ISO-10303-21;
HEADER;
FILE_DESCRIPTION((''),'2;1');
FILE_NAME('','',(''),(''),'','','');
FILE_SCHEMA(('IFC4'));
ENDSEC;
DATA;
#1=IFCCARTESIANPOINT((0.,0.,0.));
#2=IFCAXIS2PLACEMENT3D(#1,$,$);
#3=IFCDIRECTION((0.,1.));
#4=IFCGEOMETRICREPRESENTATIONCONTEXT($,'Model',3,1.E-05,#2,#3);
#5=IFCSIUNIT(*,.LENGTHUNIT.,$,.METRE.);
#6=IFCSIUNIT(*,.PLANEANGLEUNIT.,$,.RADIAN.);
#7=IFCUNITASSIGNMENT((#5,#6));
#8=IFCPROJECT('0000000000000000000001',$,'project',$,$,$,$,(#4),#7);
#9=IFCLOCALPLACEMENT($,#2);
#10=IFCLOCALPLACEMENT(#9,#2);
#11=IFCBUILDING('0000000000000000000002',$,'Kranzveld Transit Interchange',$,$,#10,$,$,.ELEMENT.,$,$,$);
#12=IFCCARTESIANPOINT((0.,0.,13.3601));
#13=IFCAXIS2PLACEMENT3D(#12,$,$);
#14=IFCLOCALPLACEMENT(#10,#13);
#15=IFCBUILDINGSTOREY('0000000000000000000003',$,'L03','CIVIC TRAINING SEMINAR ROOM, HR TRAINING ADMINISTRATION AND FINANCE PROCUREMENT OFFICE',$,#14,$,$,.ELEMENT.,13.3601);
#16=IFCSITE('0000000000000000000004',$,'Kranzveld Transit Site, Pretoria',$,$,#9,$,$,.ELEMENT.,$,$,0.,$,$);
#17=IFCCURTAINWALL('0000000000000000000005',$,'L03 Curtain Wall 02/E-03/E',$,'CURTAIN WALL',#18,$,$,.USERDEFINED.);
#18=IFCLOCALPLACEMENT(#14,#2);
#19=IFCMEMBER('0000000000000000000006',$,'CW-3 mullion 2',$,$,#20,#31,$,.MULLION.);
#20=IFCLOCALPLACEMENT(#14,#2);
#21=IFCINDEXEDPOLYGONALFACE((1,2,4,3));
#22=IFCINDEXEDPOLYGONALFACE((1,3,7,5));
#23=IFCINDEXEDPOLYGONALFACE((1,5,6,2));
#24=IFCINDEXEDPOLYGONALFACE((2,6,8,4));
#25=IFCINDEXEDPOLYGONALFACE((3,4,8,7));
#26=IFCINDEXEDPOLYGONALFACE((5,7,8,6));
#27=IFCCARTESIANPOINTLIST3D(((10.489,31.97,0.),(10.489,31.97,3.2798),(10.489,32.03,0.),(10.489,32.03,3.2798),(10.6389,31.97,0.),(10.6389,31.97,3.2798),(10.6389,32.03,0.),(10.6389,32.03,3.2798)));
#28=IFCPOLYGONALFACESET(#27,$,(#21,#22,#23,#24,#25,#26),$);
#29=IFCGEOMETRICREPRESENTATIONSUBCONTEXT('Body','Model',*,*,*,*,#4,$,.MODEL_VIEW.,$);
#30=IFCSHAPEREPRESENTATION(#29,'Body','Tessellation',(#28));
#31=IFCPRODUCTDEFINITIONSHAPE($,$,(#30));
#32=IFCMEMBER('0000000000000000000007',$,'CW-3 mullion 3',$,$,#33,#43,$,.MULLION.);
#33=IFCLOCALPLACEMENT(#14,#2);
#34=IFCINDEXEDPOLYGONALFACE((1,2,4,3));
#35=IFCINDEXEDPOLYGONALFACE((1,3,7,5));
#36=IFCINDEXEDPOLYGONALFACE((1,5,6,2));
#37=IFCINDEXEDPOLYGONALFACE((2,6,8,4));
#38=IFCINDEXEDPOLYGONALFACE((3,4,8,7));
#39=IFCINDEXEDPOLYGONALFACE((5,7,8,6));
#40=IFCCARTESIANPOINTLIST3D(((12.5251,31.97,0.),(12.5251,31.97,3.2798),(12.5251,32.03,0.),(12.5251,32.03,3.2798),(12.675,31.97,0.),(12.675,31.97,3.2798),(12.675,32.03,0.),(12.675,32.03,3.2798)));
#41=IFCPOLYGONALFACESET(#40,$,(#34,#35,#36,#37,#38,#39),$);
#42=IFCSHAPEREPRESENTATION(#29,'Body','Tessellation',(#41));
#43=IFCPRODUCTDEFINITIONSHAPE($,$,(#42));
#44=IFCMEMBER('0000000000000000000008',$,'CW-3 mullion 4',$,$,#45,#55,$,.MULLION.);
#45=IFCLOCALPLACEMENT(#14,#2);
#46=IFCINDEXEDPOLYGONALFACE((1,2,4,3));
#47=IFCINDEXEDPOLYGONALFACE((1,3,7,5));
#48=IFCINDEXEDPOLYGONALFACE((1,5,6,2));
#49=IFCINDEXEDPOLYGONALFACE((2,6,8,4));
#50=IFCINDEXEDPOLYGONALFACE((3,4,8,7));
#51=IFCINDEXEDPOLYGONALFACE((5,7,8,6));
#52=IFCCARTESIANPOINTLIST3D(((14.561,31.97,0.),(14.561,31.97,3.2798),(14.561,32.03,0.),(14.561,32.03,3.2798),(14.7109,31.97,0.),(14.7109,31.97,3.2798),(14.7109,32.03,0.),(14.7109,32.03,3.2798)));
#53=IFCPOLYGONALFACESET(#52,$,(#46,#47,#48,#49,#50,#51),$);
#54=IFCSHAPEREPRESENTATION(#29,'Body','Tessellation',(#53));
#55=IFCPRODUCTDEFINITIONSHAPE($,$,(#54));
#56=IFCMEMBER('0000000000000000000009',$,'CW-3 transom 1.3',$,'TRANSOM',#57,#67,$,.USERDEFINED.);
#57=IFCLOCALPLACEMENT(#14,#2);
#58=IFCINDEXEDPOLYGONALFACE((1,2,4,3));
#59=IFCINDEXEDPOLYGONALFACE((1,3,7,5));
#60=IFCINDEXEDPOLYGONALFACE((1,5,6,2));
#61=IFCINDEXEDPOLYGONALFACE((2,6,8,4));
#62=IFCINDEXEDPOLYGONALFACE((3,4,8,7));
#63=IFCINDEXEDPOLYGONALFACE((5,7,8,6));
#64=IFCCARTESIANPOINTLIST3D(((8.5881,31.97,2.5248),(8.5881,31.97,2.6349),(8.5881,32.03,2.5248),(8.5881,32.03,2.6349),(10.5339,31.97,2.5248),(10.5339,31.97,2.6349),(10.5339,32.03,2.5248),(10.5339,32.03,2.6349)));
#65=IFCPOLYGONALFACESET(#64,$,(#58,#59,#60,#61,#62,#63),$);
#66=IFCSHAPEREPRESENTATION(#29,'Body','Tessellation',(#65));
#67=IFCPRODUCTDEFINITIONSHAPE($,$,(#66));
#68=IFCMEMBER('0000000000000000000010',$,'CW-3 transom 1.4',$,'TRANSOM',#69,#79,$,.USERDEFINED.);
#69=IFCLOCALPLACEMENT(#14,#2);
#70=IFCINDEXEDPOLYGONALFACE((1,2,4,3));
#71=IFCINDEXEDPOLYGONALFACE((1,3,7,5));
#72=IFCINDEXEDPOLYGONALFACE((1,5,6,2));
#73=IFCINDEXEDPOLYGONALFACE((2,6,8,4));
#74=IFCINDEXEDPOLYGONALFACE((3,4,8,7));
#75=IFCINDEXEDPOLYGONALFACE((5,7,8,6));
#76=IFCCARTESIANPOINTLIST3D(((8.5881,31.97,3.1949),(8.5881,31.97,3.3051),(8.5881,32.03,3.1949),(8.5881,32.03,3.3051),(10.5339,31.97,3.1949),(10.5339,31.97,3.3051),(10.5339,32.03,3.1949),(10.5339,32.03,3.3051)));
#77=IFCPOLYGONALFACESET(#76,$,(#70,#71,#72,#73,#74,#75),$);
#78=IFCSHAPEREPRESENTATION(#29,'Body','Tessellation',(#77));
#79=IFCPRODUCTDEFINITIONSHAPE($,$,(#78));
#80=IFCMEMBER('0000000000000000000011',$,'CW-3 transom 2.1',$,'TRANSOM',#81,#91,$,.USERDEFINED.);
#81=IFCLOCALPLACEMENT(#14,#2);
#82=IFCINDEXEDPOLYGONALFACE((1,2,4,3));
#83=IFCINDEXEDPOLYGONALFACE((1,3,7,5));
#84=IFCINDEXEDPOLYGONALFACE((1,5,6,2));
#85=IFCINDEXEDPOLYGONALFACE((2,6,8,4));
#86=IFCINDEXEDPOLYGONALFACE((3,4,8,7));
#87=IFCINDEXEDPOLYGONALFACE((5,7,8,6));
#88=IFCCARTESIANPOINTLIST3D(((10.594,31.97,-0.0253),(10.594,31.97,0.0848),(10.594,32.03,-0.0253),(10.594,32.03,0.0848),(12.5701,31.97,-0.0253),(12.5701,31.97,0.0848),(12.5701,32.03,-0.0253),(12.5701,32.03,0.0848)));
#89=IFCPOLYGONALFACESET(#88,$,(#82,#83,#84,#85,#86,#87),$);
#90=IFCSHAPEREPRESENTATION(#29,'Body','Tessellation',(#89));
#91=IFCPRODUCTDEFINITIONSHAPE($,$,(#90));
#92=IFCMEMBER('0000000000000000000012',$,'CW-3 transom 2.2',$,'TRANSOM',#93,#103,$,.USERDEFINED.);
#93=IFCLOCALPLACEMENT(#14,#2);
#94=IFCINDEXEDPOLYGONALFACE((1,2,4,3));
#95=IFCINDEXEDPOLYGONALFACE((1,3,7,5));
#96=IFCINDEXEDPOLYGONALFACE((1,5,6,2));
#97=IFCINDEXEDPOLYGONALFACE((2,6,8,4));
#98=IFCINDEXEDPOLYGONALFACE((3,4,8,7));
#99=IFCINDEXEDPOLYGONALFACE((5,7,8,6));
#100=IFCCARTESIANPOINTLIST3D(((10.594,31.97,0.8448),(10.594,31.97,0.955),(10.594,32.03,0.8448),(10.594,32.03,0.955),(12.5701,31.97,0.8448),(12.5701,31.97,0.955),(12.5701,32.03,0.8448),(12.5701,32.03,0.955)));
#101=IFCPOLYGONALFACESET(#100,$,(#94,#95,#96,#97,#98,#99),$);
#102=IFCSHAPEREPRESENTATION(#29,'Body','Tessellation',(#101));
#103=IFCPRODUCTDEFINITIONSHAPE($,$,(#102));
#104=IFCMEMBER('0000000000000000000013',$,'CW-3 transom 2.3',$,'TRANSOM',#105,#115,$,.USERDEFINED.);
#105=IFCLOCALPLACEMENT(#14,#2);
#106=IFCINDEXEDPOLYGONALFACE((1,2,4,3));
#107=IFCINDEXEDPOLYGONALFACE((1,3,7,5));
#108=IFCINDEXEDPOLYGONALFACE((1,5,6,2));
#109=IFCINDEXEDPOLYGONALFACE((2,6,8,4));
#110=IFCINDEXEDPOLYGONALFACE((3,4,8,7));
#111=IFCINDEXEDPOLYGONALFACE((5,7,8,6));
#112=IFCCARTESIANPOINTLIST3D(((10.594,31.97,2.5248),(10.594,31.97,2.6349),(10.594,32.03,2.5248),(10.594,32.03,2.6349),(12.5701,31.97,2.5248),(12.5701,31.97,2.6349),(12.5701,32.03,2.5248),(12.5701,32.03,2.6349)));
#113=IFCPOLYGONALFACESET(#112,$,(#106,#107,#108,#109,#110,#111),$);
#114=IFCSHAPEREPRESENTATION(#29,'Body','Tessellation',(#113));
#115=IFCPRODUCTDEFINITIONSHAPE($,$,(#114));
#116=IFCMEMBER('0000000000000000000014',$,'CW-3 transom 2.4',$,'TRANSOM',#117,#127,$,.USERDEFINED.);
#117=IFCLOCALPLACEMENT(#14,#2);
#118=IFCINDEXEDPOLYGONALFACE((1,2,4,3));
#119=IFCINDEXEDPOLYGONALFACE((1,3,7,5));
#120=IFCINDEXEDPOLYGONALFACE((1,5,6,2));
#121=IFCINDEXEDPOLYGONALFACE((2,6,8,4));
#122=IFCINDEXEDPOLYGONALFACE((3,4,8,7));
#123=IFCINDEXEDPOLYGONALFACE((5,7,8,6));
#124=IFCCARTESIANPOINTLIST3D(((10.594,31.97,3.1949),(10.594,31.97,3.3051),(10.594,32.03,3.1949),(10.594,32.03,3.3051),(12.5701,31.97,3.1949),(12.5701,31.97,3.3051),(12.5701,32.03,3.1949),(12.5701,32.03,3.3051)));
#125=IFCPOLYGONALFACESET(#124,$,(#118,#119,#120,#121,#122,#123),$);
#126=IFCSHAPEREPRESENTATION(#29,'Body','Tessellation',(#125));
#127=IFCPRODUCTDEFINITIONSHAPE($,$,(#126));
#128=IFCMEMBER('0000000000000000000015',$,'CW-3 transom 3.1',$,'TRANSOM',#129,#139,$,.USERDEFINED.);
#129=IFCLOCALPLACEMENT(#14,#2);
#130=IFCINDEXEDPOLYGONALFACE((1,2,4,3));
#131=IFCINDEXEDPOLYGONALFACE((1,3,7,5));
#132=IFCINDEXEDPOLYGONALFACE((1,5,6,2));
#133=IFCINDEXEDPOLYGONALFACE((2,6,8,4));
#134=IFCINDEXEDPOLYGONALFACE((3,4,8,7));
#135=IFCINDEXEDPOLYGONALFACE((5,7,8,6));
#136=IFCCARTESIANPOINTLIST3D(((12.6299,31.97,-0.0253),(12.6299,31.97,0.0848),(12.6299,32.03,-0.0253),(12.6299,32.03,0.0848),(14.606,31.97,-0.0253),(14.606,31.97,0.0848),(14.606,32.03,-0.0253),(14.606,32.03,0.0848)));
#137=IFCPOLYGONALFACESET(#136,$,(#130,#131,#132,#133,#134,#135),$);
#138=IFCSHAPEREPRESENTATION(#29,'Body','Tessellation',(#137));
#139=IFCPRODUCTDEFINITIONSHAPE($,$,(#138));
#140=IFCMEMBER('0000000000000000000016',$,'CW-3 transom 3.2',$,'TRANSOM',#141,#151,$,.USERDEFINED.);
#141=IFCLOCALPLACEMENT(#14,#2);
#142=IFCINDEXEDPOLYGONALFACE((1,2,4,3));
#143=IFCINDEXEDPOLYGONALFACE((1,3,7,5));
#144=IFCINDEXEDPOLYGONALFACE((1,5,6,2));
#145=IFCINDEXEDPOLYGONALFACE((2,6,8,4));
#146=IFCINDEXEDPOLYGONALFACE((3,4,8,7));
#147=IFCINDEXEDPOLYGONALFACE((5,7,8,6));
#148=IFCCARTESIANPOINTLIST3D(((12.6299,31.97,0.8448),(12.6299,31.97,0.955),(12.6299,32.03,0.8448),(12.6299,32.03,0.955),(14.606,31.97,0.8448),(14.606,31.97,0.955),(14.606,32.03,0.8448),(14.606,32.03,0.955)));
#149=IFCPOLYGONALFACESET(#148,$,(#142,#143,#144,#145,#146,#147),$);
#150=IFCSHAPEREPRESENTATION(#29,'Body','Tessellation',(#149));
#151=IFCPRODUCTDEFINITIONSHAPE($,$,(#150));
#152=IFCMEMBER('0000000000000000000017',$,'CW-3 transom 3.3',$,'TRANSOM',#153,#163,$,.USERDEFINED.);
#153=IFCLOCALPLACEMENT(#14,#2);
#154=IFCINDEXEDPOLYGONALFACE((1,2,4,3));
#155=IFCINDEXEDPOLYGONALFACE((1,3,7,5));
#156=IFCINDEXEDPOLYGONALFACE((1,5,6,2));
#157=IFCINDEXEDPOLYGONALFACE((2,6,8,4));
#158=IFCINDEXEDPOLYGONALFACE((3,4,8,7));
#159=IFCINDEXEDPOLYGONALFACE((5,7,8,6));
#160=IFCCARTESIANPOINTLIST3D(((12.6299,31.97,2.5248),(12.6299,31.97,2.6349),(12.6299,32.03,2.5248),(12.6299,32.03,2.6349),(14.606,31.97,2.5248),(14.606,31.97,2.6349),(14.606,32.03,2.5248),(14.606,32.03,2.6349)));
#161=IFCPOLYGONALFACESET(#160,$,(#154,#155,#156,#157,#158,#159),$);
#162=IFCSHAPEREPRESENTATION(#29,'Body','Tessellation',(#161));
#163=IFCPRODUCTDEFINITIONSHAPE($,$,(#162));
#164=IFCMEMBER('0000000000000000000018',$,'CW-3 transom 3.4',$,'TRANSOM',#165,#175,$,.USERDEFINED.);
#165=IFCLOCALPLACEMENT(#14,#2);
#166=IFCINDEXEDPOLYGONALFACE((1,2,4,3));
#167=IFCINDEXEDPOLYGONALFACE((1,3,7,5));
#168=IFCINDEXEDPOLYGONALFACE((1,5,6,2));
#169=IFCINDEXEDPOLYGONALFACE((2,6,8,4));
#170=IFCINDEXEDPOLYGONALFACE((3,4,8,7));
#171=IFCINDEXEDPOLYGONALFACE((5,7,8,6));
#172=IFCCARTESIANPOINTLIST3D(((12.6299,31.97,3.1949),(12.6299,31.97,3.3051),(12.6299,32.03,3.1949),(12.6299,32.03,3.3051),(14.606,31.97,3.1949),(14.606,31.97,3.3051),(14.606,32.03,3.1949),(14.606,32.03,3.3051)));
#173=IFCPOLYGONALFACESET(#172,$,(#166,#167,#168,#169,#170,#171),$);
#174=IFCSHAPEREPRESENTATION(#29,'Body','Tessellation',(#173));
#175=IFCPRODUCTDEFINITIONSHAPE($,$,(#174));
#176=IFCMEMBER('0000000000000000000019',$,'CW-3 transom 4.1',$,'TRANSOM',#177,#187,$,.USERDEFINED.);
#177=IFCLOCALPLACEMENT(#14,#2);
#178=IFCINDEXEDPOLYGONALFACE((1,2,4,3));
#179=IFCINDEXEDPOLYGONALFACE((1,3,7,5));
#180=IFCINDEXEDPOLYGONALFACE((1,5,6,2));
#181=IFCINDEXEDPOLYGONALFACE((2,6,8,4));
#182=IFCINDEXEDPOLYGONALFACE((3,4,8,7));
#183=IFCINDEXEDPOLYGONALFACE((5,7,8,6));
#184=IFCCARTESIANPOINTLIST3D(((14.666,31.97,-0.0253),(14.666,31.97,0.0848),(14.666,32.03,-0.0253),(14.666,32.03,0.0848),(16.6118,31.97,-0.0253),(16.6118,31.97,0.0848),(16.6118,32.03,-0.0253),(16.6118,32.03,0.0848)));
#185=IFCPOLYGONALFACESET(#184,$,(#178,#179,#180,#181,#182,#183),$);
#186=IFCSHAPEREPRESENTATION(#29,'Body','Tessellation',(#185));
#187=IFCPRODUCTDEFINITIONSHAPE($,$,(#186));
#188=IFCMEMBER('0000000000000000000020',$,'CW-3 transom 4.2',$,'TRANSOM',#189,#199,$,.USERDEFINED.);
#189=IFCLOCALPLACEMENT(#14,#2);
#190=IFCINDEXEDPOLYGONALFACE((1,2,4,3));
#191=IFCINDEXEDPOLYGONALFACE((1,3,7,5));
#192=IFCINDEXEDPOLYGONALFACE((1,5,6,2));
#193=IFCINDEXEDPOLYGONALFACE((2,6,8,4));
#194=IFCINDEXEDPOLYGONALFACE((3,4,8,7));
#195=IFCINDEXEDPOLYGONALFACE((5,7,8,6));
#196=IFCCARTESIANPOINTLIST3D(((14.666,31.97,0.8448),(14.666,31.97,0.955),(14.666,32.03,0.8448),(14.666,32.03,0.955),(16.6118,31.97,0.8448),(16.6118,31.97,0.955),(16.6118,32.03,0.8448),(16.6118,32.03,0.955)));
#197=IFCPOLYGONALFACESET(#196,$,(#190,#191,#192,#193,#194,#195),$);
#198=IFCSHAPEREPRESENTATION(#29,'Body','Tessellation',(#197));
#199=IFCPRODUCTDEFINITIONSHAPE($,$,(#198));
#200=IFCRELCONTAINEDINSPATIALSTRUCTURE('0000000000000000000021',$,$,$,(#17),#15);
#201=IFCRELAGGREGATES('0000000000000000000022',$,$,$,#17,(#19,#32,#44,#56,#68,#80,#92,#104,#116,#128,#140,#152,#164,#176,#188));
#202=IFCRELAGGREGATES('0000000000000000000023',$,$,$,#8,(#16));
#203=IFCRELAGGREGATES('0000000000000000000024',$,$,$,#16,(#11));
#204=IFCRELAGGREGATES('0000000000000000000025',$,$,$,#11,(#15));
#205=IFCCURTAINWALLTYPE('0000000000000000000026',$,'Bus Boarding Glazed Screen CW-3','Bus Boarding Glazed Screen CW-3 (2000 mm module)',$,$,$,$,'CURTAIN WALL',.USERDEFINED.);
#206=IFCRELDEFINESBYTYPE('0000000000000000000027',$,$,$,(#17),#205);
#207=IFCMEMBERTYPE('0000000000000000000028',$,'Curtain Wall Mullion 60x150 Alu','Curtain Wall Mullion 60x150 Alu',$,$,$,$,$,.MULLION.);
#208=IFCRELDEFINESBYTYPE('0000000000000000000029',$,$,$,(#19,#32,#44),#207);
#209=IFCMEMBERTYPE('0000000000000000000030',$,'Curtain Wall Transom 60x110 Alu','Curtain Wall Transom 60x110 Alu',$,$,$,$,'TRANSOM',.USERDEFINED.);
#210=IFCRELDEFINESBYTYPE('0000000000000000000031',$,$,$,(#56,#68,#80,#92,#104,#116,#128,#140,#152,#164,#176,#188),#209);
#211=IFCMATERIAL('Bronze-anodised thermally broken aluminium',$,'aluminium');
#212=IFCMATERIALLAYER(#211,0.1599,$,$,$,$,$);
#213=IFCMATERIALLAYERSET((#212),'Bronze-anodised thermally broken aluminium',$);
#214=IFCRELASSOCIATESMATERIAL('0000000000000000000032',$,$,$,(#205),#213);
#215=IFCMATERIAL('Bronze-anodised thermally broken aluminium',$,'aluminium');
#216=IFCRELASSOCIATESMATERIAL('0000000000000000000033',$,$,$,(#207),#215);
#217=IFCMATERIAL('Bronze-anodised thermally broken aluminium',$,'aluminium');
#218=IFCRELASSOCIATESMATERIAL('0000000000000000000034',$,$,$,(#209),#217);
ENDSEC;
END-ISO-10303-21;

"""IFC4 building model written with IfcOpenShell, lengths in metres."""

from ifc_helpers import new_model, si_unit, direction, frame, origin, origin_2d, place, context, subcontext, project, spatial, rectangle, extrude, material, layer, layer_set, material_profile, profile_set, type_object, element, aggregate, save


model = new_model("IFC4")

# Units and contexts
model_context = context("Model", 3, precision=1e-05, world=origin(), true_north=direction((0.0, 1.0)))
body_context = subcontext(model_context, "Body", "Model", "MODEL_VIEW")
ifc_project = project(units=[si_unit("LENGTHUNIT", "METRE"), si_unit("PLANEANGLEUNIT", "RADIAN")], contexts=[model_context])

# Site, building, storey
site_placement = place(None, origin())
site = spatial("IfcSite", under=ifc_project, at=site_placement, Name="Kranzveld Transit Site, Pretoria", CompositionType="ELEMENT", RefElevation=0.0)
building_placement = place(site_placement, origin())
building = spatial("IfcBuilding", under=site, at=building_placement, Name="Kranzveld Transit Interchange", CompositionType="ELEMENT")
storey_placement = place(building_placement, frame((0.0, 0.0, 13.3601)))
storey = spatial("IfcBuildingStorey", under=building, at=storey_placement, Name="L03", Description="CIVIC TRAINING SEMINAR ROOM, HR TRAINING ADMINISTRATION AND FINANCE PROCUREMENT OFFICE", CompositionType="ELEMENT", Elevation=13.3601)

# Curtain wall, members
ifc_material_1 = material(Name="Bronze-anodised thermally broken aluminium", Category="aluminium")
ifc_layer_1 = layer(ifc_material_1, 0.1599)
ifc_layer_set_1 = layer_set([ifc_layer_1], Name="Bronze-anodised thermally broken aluminium")
curtain_wall_type = type_object("IfcCurtainWallType", Name="Bus Boarding Glazed Screen CW-3", Description="Bus Boarding Glazed Screen CW-3 (2000 mm module)", ElementType="CURTAIN WALL", PredefinedType="USERDEFINED", material=ifc_layer_set_1)
curtain_wall_placement = place(storey_placement, origin())
curtain_wall = element("IfcCurtainWall", 1, at=curtain_wall_placement, inside=storey, type_object=curtain_wall_type, Name="L03 Curtain Wall 02/E-03/E", ObjectType="CURTAIN WALL", PredefinedType="USERDEFINED")
ifc_material_2 = material(Name="Bronze-anodised thermally broken aluminium", Category="aluminium")
ifc_material_profile_1 = material_profile(ifc_material_2, rectangle(XDim=0.0601, YDim=0.1499, at=origin_2d()), Name="ALU MULLION 60x150")
ifc_profile_set_1 = profile_set([ifc_material_profile_1], Name="Bronze-anodised thermally broken aluminium")
member_type_1 = type_object("IfcMemberType", Name="Curtain Wall Mullion 60x150 Alu", Description="Curtain Wall Mullion 60x150 Alu", PredefinedType="MULLION", material=ifc_profile_set_1)
member_1_placement = place(storey_placement, frame((10.564, 32.0, 0.0), z_axis=(0.0, 0.0, 1.0), x_axis=(0.0, 1.0, 0.0)))
member_1 = element("IfcMember", 2, at=member_1_placement, type_object=member_type_1, Name="CW-3 mullion 2", PredefinedType="MULLION", context=body_context, shape_type="SweptSolid", body=[
    extrude(rectangle(XDim=0.0601, YDim=0.1499, at=origin_2d()), origin(), (0.0, 0.0, 1.0), 3.2798),
])
member_2_placement = place(storey_placement, frame((12.6001, 32.0, 0.0), z_axis=(0.0, 0.0, 1.0), x_axis=(0.0, 1.0, 0.0)))
member_2 = element("IfcMember", 3, at=member_2_placement, type_object=member_type_1, Name="CW-3 mullion 3", PredefinedType="MULLION", context=body_context, shape_type="SweptSolid", body=[
    extrude(rectangle(XDim=0.0601, YDim=0.1499, at=origin_2d()), origin(), (0.0, 0.0, 1.0), 3.2798),
])
member_3_placement = place(storey_placement, frame((14.636, 32.0, 0.0), z_axis=(0.0, 0.0, 1.0), x_axis=(0.0, 1.0, 0.0)))
member_3 = element("IfcMember", 4, at=member_3_placement, type_object=member_type_1, Name="CW-3 mullion 4", PredefinedType="MULLION", context=body_context, shape_type="SweptSolid", body=[
    extrude(rectangle(XDim=0.0601, YDim=0.1499, at=origin_2d()), origin(), (0.0, 0.0, 1.0), 3.2798),
])
ifc_material_3 = material(Name="Bronze-anodised thermally broken aluminium", Category="aluminium")
ifc_material_profile_2 = material_profile(ifc_material_3, rectangle(XDim=0.0601, YDim=0.1101, at=origin_2d()), Name="ALU TRANSOM 60x110")
ifc_profile_set_2 = profile_set([ifc_material_profile_2], Name="Bronze-anodised thermally broken aluminium")
member_type_2 = type_object("IfcMemberType", Name="Curtain Wall Transom 60x110 Alu", Description="Curtain Wall Transom 60x110 Alu", ElementType="TRANSOM", PredefinedType="USERDEFINED", material=ifc_profile_set_2)
member_4_placement = place(storey_placement, frame((8.5881, 32.0, 2.5798), z_axis=(1.0, 0.0, 0.0), x_axis=(0.0, 1.0, 0.0)))
member_4 = element("IfcMember", 5, at=member_4_placement, type_object=member_type_2, Name="CW-3 transom 1.3", ObjectType="TRANSOM", PredefinedType="USERDEFINED", context=body_context, shape_type="SweptSolid", body=[
    extrude(rectangle(XDim=0.0601, YDim=0.1101, at=origin_2d()), origin(), (0.0, 0.0, 1.0), 1.9458),
])
member_5_placement = place(storey_placement, frame((8.5881, 32.0, 3.25), z_axis=(1.0, 0.0, 0.0), x_axis=(0.0, 1.0, 0.0)))
member_5 = element("IfcMember", 6, at=member_5_placement, type_object=member_type_2, Name="CW-3 transom 1.4", ObjectType="TRANSOM", PredefinedType="USERDEFINED", context=body_context, shape_type="SweptSolid", body=[
    extrude(rectangle(XDim=0.0601, YDim=0.1101, at=origin_2d()), origin(), (0.0, 0.0, 1.0), 1.9458),
])
member_6_placement = place(storey_placement, frame((10.594, 32.0, 0.0298), z_axis=(1.0, 0.0, 0.0), x_axis=(0.0, 1.0, 0.0)))
member_6 = element("IfcMember", 7, at=member_6_placement, type_object=member_type_2, Name="CW-3 transom 2.1", ObjectType="TRANSOM", PredefinedType="USERDEFINED", context=body_context, shape_type="SweptSolid", body=[
    extrude(rectangle(XDim=0.0601, YDim=0.1101, at=origin_2d()), origin(), (0.0, 0.0, 1.0), 1.9761),
])
member_7_placement = place(storey_placement, frame((10.594, 32.0, 0.8999), z_axis=(1.0, 0.0, 0.0), x_axis=(0.0, 1.0, 0.0)))
member_7 = element("IfcMember", 8, at=member_7_placement, type_object=member_type_2, Name="CW-3 transom 2.2", ObjectType="TRANSOM", PredefinedType="USERDEFINED", context=body_context, shape_type="SweptSolid", body=[
    extrude(rectangle(XDim=0.0601, YDim=0.1101, at=origin_2d()), origin(), (0.0, 0.0, 1.0), 1.9761),
])
member_8_placement = place(storey_placement, frame((10.594, 32.0, 2.5798), z_axis=(1.0, 0.0, 0.0), x_axis=(0.0, 1.0, 0.0)))
member_8 = element("IfcMember", 9, at=member_8_placement, type_object=member_type_2, Name="CW-3 transom 2.3", ObjectType="TRANSOM", PredefinedType="USERDEFINED", context=body_context, shape_type="SweptSolid", body=[
    extrude(rectangle(XDim=0.0601, YDim=0.1101, at=origin_2d()), origin(), (0.0, 0.0, 1.0), 1.9761),
])
member_9_placement = place(storey_placement, frame((10.594, 32.0, 3.25), z_axis=(1.0, 0.0, 0.0), x_axis=(0.0, 1.0, 0.0)))
member_9 = element("IfcMember", 10, at=member_9_placement, type_object=member_type_2, Name="CW-3 transom 2.4", ObjectType="TRANSOM", PredefinedType="USERDEFINED", context=body_context, shape_type="SweptSolid", body=[
    extrude(rectangle(XDim=0.0601, YDim=0.1101, at=origin_2d()), origin(), (0.0, 0.0, 1.0), 1.9761),
])
member_10_placement = place(storey_placement, frame((12.6299, 32.0, 0.0298), z_axis=(1.0, 0.0, 0.0), x_axis=(0.0, 1.0, 0.0)))
member_10 = element("IfcMember", 11, at=member_10_placement, type_object=member_type_2, Name="CW-3 transom 3.1", ObjectType="TRANSOM", PredefinedType="USERDEFINED", context=body_context, shape_type="SweptSolid", body=[
    extrude(rectangle(XDim=0.0601, YDim=0.1101, at=origin_2d()), origin(), (0.0, 0.0, 1.0), 1.9761),
])
member_11_placement = place(storey_placement, frame((12.6299, 32.0, 0.8999), z_axis=(1.0, 0.0, 0.0), x_axis=(0.0, 1.0, 0.0)))
member_11 = element("IfcMember", 12, at=member_11_placement, type_object=member_type_2, Name="CW-3 transom 3.2", ObjectType="TRANSOM", PredefinedType="USERDEFINED", context=body_context, shape_type="SweptSolid", body=[
    extrude(rectangle(XDim=0.0601, YDim=0.1101, at=origin_2d()), origin(), (0.0, 0.0, 1.0), 1.9761),
])
member_12_placement = place(storey_placement, frame((12.6299, 32.0, 2.5798), z_axis=(1.0, 0.0, 0.0), x_axis=(0.0, 1.0, 0.0)))
member_12 = element("IfcMember", 13, at=member_12_placement, type_object=member_type_2, Name="CW-3 transom 3.3", ObjectType="TRANSOM", PredefinedType="USERDEFINED", context=body_context, shape_type="SweptSolid", body=[
    extrude(rectangle(XDim=0.0601, YDim=0.1101, at=origin_2d()), origin(), (0.0, 0.0, 1.0), 1.9761),
])
member_13_placement = place(storey_placement, frame((12.6299, 32.0, 3.25), z_axis=(1.0, 0.0, 0.0), x_axis=(0.0, 1.0, 0.0)))
member_13 = element("IfcMember", 14, at=member_13_placement, type_object=member_type_2, Name="CW-3 transom 3.4", ObjectType="TRANSOM", PredefinedType="USERDEFINED", context=body_context, shape_type="SweptSolid", body=[
    extrude(rectangle(XDim=0.0601, YDim=0.1101, at=origin_2d()), origin(), (0.0, 0.0, 1.0), 1.9761),
])
member_14_placement = place(storey_placement, frame((14.666, 32.0, 0.0298), z_axis=(1.0, 0.0, 0.0), x_axis=(0.0, 1.0, 0.0)))
member_14 = element("IfcMember", 15, at=member_14_placement, type_object=member_type_2, Name="CW-3 transom 4.1", ObjectType="TRANSOM", PredefinedType="USERDEFINED", context=body_context, shape_type="SweptSolid", body=[
    extrude(rectangle(XDim=0.0601, YDim=0.1101, at=origin_2d()), origin(), (0.0, 0.0, 1.0), 1.9458),
])
member_15_placement = place(storey_placement, frame((14.666, 32.0, 0.8999), z_axis=(1.0, 0.0, 0.0), x_axis=(0.0, 1.0, 0.0)))
member_15 = element("IfcMember", 16, at=member_15_placement, type_object=member_type_2, Name="CW-3 transom 4.2", ObjectType="TRANSOM", PredefinedType="USERDEFINED", context=body_context, shape_type="SweptSolid", body=[
    extrude(rectangle(XDim=0.0601, YDim=0.1101, at=origin_2d()), origin(), (0.0, 0.0, 1.0), 1.9458),
])
aggregate(curtain_wall, [member_1, member_2, member_3, member_4, member_5, member_6, member_7, member_8, member_9, member_10, member_11, member_12, member_13, member_14, member_15])

save(model, "model.ifc")
